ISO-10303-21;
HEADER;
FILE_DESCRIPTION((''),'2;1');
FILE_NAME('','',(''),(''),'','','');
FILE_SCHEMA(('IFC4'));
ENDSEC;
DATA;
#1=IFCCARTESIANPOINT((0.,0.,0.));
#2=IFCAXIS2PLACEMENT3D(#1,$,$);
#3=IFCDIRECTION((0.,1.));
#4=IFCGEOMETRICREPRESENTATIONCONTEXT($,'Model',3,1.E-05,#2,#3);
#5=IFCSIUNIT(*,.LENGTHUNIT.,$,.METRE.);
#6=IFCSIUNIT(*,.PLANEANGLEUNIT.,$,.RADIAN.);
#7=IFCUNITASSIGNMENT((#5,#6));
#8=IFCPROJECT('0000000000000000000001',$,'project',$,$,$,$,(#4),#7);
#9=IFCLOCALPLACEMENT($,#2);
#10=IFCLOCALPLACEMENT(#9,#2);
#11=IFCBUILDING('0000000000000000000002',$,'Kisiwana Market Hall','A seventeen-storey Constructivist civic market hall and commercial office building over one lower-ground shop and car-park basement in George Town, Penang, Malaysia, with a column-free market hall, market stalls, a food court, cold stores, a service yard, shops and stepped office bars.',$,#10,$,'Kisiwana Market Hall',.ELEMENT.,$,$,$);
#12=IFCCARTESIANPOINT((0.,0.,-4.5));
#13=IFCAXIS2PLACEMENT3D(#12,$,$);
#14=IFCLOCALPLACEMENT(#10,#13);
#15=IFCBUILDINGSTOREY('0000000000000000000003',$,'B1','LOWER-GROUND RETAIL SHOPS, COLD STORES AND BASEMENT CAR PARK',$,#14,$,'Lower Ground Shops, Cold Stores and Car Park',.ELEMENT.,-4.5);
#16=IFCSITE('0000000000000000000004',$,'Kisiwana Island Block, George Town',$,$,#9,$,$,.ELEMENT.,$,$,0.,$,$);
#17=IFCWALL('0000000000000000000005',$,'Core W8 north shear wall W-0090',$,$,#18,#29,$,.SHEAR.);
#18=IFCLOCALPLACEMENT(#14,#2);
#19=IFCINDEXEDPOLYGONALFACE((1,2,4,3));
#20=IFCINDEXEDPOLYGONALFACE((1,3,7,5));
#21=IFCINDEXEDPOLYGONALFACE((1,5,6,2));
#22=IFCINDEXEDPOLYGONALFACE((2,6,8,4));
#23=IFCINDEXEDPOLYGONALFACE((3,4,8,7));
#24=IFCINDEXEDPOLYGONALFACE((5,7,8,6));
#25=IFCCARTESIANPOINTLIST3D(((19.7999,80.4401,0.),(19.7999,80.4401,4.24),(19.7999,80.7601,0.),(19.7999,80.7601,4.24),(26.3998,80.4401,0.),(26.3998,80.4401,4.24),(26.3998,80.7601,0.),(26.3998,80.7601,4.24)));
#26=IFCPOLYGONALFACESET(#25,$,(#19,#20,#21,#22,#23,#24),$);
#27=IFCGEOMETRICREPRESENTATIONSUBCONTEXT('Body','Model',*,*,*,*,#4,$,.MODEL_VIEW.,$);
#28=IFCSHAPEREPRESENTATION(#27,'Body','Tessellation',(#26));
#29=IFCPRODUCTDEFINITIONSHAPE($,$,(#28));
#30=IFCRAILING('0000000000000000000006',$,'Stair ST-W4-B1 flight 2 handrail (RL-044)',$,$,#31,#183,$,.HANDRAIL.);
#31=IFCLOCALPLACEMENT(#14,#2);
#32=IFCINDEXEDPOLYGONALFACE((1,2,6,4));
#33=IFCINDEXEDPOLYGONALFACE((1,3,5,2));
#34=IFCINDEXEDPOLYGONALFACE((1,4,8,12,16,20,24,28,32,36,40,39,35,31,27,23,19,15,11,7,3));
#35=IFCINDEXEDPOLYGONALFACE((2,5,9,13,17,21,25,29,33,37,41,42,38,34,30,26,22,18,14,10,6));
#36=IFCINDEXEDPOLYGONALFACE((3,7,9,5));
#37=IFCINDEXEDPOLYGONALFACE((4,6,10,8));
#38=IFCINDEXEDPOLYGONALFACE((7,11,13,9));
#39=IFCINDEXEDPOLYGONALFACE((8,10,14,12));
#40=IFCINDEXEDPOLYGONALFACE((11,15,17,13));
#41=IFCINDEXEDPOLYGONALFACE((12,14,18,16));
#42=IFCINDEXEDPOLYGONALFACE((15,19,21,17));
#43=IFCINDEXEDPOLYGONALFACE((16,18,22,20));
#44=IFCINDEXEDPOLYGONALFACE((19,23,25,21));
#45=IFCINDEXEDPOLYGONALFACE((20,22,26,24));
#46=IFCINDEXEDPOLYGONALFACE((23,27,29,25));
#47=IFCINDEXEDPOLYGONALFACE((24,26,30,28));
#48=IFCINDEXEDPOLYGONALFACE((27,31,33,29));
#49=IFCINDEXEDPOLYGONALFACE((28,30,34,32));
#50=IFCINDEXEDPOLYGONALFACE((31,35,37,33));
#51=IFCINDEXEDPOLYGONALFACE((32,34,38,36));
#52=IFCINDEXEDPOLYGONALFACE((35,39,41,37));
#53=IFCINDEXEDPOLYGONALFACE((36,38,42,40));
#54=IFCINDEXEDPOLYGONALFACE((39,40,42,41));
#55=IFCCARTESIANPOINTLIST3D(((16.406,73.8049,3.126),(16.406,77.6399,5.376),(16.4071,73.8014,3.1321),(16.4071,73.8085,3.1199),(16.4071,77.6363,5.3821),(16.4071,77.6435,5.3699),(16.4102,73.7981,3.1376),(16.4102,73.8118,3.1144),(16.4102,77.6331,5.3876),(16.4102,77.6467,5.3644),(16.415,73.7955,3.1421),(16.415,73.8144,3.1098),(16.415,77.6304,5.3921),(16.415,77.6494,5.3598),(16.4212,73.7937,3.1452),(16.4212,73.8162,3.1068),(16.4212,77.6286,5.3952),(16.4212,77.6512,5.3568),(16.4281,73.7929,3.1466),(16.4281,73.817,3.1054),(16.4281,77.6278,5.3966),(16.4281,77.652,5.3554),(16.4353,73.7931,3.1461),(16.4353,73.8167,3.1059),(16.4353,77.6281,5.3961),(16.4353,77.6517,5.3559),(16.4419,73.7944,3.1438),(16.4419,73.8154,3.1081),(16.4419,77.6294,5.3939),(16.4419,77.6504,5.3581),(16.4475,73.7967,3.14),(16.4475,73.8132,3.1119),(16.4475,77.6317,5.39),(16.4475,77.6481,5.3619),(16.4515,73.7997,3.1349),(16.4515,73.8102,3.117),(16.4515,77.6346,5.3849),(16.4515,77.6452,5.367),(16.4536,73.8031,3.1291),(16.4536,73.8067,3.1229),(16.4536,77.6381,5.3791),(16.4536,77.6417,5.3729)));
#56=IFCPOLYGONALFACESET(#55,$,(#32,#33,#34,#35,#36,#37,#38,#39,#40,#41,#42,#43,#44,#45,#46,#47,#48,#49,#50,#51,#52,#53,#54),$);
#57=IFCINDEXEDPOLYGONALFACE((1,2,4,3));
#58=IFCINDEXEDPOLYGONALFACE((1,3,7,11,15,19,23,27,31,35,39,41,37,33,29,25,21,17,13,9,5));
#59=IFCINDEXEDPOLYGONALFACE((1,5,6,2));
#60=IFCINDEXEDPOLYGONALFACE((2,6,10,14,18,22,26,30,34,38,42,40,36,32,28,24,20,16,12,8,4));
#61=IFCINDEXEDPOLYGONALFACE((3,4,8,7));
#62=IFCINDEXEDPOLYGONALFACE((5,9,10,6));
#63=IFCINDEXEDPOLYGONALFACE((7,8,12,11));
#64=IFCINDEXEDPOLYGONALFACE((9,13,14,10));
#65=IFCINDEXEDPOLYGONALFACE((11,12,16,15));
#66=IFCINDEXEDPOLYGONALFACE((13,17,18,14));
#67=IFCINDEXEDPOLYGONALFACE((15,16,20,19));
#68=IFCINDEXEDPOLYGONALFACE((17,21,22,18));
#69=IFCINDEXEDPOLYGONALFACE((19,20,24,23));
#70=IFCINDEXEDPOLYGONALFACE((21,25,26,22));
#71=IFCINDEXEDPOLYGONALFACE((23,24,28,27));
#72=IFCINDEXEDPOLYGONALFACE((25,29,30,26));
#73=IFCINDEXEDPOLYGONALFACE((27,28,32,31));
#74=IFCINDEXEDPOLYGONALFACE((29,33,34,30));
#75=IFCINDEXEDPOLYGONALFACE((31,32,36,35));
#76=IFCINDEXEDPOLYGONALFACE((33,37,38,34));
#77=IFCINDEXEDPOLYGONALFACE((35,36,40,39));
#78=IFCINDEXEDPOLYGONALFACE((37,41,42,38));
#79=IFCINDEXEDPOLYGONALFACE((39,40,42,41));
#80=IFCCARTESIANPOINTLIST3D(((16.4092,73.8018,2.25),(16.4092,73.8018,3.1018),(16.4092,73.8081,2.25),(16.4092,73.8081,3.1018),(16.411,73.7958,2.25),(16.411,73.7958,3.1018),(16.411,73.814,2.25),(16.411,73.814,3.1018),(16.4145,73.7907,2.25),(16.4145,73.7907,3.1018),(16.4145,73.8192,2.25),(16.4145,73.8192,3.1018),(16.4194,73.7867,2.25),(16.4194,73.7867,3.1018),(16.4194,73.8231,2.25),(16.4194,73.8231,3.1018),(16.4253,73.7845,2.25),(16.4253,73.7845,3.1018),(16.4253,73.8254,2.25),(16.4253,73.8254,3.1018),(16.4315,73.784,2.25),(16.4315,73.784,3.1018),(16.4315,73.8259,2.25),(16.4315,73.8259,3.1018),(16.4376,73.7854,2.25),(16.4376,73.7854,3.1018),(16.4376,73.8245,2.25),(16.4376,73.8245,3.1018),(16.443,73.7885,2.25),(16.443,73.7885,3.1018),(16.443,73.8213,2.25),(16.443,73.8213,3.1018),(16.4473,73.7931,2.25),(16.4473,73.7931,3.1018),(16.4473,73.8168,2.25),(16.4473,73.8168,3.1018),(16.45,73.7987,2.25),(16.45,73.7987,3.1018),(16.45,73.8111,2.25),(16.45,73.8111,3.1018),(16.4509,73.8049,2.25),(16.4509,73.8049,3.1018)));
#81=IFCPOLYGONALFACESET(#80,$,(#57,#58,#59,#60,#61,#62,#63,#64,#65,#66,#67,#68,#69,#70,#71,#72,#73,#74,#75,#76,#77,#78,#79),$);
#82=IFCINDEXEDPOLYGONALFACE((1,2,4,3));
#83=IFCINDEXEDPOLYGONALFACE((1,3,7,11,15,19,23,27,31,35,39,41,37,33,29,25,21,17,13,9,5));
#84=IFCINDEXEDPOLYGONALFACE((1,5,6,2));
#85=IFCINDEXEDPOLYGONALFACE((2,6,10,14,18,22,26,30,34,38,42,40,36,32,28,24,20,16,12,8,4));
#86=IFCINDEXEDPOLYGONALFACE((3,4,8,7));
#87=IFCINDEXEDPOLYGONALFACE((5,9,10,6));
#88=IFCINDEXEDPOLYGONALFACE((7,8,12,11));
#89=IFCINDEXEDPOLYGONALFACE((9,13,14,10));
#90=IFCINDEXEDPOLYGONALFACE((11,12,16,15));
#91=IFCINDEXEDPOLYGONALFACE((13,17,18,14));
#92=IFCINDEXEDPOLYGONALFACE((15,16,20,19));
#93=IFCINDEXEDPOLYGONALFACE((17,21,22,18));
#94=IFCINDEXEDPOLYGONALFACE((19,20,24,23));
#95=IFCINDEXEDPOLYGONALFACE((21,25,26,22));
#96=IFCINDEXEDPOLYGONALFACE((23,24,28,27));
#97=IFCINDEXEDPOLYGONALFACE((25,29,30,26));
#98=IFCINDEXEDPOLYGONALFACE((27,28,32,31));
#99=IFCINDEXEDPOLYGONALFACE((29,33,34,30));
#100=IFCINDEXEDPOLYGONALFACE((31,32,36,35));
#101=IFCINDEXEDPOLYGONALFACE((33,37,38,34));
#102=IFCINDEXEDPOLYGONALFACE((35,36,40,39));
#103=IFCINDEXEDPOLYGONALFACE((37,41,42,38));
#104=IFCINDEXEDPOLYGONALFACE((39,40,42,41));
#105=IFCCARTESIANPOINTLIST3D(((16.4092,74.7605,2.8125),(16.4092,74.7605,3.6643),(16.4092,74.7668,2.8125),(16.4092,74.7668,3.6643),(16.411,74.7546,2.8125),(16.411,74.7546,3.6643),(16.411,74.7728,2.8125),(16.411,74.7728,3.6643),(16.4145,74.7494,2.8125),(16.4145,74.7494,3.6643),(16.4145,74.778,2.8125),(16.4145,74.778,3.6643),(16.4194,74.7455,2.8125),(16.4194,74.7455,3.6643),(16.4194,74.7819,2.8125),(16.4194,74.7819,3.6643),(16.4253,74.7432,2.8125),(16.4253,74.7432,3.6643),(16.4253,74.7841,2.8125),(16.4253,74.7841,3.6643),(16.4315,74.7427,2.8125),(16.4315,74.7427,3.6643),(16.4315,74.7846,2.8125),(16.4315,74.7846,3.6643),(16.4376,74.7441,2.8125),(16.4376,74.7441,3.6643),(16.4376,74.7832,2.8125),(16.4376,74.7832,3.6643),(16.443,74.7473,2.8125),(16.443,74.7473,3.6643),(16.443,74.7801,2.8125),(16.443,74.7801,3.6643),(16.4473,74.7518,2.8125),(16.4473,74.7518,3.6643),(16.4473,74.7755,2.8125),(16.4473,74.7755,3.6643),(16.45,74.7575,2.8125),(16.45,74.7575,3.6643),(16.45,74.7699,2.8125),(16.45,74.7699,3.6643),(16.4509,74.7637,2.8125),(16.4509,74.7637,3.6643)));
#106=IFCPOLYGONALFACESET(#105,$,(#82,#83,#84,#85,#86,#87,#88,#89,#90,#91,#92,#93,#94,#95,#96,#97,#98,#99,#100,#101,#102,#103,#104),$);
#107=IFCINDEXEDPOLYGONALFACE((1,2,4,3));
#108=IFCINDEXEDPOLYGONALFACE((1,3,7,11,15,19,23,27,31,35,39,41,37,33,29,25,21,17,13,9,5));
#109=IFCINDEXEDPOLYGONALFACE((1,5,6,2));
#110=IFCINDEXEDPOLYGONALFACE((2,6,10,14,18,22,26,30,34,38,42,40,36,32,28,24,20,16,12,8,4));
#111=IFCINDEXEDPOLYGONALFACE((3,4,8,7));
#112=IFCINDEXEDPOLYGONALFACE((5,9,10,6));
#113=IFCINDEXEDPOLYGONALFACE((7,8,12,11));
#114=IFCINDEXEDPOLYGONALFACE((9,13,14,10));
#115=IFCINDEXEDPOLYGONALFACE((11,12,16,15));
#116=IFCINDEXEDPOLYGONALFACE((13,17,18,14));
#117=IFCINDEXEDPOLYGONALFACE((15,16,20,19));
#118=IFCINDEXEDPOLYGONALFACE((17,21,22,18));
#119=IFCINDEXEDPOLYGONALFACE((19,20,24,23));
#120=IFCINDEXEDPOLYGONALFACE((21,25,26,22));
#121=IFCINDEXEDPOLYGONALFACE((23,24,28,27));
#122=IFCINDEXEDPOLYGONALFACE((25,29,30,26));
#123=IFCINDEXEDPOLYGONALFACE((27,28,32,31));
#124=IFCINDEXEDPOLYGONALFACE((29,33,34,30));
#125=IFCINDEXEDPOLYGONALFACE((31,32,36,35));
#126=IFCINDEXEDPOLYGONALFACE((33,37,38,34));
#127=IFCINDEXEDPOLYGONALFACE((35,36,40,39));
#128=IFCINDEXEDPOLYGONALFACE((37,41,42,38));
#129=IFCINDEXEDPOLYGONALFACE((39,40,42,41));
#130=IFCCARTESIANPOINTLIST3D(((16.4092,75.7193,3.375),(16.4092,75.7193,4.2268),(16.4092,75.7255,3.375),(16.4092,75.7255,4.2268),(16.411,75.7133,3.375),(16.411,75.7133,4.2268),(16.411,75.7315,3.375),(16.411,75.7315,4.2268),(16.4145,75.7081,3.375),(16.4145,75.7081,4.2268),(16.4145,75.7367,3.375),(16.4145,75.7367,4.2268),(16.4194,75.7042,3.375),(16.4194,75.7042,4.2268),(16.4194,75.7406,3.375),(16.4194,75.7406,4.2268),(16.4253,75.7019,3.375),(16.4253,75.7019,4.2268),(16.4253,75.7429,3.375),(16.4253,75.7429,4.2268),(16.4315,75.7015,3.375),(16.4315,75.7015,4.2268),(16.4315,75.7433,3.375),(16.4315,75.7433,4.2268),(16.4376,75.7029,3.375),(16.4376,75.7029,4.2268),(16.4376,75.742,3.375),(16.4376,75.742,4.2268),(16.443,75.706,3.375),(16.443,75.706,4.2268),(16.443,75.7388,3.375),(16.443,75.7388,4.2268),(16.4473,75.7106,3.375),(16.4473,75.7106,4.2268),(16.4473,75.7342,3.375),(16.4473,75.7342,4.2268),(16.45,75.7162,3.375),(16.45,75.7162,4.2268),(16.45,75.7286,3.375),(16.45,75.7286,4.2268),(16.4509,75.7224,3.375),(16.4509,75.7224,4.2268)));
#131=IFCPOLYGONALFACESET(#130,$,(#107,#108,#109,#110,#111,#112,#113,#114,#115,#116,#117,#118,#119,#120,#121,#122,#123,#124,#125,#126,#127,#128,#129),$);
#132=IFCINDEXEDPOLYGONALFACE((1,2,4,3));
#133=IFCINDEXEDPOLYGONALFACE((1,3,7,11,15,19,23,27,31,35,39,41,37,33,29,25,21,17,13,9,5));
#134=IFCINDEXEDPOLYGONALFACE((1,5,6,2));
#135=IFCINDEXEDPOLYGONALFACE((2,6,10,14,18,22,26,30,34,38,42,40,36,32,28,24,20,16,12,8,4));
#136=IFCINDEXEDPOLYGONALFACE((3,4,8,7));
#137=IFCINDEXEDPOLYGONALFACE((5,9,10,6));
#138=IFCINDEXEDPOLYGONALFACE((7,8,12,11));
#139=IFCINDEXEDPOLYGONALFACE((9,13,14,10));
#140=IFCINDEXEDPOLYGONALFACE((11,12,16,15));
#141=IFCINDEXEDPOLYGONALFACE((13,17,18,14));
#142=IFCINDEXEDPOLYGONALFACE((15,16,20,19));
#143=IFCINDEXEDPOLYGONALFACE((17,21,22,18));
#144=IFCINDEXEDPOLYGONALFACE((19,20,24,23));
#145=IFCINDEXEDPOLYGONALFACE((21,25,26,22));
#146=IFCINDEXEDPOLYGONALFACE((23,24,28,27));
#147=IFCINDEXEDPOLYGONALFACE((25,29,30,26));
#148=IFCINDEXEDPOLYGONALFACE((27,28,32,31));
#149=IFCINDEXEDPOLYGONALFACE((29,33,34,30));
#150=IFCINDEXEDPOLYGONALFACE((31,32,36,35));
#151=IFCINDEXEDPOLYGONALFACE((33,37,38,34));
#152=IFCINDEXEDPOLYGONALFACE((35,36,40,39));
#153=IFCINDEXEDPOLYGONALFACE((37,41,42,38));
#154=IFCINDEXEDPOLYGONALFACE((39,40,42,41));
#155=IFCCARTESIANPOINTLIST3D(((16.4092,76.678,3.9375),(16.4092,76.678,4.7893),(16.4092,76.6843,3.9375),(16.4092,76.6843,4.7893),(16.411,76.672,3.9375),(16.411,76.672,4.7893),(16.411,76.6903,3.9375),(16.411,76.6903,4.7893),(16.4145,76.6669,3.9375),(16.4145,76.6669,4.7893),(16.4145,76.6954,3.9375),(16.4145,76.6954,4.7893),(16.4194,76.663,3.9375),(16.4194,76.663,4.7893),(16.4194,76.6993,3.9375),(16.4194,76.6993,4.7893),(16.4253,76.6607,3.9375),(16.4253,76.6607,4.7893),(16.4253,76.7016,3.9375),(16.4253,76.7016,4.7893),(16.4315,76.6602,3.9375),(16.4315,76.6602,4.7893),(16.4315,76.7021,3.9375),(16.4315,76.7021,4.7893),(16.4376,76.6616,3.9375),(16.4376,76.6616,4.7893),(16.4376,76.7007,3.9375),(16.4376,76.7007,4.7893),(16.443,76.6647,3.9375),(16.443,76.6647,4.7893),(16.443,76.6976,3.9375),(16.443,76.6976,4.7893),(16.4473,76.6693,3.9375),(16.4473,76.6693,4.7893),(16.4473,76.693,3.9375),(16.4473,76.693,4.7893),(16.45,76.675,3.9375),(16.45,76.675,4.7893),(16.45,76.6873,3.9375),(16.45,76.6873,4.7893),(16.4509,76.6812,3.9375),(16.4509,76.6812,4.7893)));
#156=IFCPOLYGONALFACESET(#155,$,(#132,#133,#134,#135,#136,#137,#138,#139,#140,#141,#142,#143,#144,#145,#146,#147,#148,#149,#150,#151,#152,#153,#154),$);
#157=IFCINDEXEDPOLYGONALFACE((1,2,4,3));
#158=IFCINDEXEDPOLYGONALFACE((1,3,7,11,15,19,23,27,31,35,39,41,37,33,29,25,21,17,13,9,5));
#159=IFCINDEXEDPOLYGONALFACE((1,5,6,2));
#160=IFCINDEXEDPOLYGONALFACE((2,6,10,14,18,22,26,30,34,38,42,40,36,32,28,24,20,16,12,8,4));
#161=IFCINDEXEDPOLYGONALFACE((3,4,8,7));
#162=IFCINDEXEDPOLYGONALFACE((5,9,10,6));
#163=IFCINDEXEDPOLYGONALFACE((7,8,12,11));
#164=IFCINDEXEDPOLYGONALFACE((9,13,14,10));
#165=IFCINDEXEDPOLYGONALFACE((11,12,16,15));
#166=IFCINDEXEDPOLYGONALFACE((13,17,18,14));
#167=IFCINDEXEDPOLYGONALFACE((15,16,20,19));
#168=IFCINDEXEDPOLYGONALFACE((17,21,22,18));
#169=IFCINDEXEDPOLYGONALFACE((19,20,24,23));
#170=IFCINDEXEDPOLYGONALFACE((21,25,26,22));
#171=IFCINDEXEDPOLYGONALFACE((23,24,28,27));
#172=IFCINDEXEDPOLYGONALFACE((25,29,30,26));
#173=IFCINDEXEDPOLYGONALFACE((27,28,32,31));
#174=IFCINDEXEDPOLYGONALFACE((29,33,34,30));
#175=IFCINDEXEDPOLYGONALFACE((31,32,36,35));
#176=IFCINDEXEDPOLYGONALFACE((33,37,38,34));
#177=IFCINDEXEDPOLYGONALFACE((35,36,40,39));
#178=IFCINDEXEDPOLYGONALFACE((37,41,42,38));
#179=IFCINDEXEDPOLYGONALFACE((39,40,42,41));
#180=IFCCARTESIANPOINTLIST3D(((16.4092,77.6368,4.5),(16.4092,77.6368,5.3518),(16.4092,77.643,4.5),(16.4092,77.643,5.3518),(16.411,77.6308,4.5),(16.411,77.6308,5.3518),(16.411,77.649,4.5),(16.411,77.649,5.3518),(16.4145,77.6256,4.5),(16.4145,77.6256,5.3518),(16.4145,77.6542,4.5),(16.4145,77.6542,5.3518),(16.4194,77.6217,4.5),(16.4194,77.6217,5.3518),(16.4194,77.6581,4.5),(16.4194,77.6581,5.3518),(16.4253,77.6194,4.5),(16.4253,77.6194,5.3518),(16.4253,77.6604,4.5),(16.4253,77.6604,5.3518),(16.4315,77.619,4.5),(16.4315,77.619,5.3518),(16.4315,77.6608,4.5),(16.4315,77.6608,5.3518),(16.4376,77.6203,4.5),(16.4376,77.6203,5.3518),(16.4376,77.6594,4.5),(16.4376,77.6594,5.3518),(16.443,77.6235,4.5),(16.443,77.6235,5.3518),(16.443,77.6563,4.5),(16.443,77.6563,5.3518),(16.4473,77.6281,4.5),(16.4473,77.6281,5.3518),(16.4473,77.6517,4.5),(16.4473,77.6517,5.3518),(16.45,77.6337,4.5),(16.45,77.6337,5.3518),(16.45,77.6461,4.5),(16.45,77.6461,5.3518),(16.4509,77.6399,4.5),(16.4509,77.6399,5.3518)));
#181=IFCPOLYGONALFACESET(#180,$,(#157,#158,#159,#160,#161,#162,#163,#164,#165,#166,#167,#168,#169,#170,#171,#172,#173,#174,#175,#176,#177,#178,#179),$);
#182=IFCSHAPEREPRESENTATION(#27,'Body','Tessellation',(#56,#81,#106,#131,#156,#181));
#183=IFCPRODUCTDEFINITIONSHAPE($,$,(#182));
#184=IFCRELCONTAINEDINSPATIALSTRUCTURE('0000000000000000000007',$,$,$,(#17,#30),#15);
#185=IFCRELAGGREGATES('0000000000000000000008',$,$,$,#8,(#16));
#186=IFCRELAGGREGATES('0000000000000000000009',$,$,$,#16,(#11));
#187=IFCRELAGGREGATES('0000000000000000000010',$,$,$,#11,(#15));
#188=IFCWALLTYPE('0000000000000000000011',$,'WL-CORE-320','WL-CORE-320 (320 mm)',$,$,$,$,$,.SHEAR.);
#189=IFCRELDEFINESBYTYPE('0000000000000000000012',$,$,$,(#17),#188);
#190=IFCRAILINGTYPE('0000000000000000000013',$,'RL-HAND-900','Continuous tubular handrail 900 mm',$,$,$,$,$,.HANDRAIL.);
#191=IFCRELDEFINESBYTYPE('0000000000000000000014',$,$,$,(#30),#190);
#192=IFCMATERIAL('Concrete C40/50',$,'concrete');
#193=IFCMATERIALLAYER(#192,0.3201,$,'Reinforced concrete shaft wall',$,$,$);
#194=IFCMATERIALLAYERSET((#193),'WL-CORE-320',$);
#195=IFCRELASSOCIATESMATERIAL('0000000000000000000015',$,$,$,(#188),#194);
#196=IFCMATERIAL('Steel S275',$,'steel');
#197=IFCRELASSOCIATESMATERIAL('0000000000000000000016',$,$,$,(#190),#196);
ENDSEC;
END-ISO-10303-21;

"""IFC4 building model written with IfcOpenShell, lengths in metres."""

from ifc_helpers import new_model, si_unit, direction, frame, frame_2d, origin, origin_2d, place, context, subcontext, project, spatial, rectangle, circle, extrude, material, layer, layer_set, type_object, element, save


model = new_model("IFC4")

# Units and contexts
model_context = context("Model", 3, precision=1e-05, world=origin(), true_north=direction((0.0, 1.0)))
body_context = subcontext(model_context, "Body", "Model", "MODEL_VIEW")
ifc_project = project(units=[si_unit("LENGTHUNIT", "METRE"), si_unit("PLANEANGLEUNIT", "RADIAN")], contexts=[model_context])

# Site, building, storey
site_placement = place(None, origin())
site = spatial("IfcSite", under=ifc_project, at=site_placement, Name="Kisiwana Island Block, George Town", CompositionType="ELEMENT", RefElevation=0.0)
building_placement = place(site_placement, origin())
building = spatial("IfcBuilding", under=site, at=building_placement, Name="Kisiwana Market Hall", Description="A seventeen-storey Constructivist civic market hall and commercial office building over one lower-ground shop and car-park basement in George Town, Penang, Malaysia, with a column-free market hall, market stalls, a food court, cold stores, a service yard, shops and stepped office bars.", LongName="Kisiwana Market Hall", CompositionType="ELEMENT")
storey_placement = place(building_placement, frame((0.0, 0.0, -4.5)))
storey = spatial("IfcBuildingStorey", under=building, at=storey_placement, Name="B1", Description="LOWER-GROUND RETAIL SHOPS, COLD STORES AND BASEMENT CAR PARK", LongName="Lower Ground Shops, Cold Stores and Car Park", CompositionType="ELEMENT", Elevation=-4.5)

# Wall
ifc_material_1 = material(Name="Concrete C40/50", Category="concrete")
ifc_layer_1 = layer(ifc_material_1, 0.3201, Name="Reinforced concrete shaft wall")
ifc_layer_set_1 = layer_set([ifc_layer_1], Name="WL-CORE-320")
wall_type_1 = type_object("IfcWallType", Name="WL-CORE-320", Description="WL-CORE-320 (320 mm)", PredefinedType="SHEAR", material=ifc_layer_set_1)
wall_1_placement = place(storey_placement, frame((19.8, 80.6001, 0.0), z_axis=(0.0, 0.0, 1.0), x_axis=(1.0, 0.0, 0.0)))
element("IfcWall", 1, at=wall_1_placement, inside=storey, type_object=wall_type_1, Name="Core W8 north shear wall W-0090", PredefinedType="SHEAR", context=body_context, shape_type="SweptSolid", body=[
    extrude(rectangle(XDim=6.5999, YDim=0.3201, at=frame_2d((3.2998, 0.0))), origin(), (0.0, 0.0, 1.0), 4.24),
])

# Railing
ifc_material_2 = material(Name="Steel S275", Category="steel")
railing_type_1 = type_object("IfcRailingType", Name="RL-HAND-900", Description="Continuous tubular handrail 900 mm", PredefinedType="HANDRAIL", material=ifc_material_2)
for number, where, name in (
    (2, (16.4299, 73.8049, 2.25), "Stair ST-W4-B1 flight 2 handrail (RL-044)"),
):
    element("IfcRailing", number, at=place(storey_placement, frame(where)), inside=storey, type_object=railing_type_1, Name=name, PredefinedType="HANDRAIL", context=body_context, shape_type="SweptSolid", body=[
        extrude(circle(Radius=0.0239, at=origin_2d()), frame((0.0, 0.0, 0.876), z_axis=(0.0, 0.86251, 0.506041), x_axis=(-1.0, 0.0, 0.0)), (0.0, 0.0, 1.0), 4.4463),
        extrude(circle(Radius=0.021, at=origin_2d()), origin(), (0.0, 0.0, 1.0), 0.8518),
        extrude(circle(Radius=0.021, at=origin_2d()), frame((0.0, 0.9587, 0.5625)), (0.0, 0.0, 1.0), 0.8518),
        extrude(circle(Radius=0.021, at=origin_2d()), frame((0.0, 1.9175, 1.125)), (0.0, 0.0, 1.0), 0.8518),
        extrude(circle(Radius=0.021, at=origin_2d()), frame((0.0, 2.8762, 1.6875)), (0.0, 0.0, 1.0), 0.8518),
        extrude(circle(Radius=0.021, at=origin_2d()), frame((0.0, 3.835, 2.25)), (0.0, 0.0, 1.0), 0.8518),
    ])

save(model, "model.ifc")
